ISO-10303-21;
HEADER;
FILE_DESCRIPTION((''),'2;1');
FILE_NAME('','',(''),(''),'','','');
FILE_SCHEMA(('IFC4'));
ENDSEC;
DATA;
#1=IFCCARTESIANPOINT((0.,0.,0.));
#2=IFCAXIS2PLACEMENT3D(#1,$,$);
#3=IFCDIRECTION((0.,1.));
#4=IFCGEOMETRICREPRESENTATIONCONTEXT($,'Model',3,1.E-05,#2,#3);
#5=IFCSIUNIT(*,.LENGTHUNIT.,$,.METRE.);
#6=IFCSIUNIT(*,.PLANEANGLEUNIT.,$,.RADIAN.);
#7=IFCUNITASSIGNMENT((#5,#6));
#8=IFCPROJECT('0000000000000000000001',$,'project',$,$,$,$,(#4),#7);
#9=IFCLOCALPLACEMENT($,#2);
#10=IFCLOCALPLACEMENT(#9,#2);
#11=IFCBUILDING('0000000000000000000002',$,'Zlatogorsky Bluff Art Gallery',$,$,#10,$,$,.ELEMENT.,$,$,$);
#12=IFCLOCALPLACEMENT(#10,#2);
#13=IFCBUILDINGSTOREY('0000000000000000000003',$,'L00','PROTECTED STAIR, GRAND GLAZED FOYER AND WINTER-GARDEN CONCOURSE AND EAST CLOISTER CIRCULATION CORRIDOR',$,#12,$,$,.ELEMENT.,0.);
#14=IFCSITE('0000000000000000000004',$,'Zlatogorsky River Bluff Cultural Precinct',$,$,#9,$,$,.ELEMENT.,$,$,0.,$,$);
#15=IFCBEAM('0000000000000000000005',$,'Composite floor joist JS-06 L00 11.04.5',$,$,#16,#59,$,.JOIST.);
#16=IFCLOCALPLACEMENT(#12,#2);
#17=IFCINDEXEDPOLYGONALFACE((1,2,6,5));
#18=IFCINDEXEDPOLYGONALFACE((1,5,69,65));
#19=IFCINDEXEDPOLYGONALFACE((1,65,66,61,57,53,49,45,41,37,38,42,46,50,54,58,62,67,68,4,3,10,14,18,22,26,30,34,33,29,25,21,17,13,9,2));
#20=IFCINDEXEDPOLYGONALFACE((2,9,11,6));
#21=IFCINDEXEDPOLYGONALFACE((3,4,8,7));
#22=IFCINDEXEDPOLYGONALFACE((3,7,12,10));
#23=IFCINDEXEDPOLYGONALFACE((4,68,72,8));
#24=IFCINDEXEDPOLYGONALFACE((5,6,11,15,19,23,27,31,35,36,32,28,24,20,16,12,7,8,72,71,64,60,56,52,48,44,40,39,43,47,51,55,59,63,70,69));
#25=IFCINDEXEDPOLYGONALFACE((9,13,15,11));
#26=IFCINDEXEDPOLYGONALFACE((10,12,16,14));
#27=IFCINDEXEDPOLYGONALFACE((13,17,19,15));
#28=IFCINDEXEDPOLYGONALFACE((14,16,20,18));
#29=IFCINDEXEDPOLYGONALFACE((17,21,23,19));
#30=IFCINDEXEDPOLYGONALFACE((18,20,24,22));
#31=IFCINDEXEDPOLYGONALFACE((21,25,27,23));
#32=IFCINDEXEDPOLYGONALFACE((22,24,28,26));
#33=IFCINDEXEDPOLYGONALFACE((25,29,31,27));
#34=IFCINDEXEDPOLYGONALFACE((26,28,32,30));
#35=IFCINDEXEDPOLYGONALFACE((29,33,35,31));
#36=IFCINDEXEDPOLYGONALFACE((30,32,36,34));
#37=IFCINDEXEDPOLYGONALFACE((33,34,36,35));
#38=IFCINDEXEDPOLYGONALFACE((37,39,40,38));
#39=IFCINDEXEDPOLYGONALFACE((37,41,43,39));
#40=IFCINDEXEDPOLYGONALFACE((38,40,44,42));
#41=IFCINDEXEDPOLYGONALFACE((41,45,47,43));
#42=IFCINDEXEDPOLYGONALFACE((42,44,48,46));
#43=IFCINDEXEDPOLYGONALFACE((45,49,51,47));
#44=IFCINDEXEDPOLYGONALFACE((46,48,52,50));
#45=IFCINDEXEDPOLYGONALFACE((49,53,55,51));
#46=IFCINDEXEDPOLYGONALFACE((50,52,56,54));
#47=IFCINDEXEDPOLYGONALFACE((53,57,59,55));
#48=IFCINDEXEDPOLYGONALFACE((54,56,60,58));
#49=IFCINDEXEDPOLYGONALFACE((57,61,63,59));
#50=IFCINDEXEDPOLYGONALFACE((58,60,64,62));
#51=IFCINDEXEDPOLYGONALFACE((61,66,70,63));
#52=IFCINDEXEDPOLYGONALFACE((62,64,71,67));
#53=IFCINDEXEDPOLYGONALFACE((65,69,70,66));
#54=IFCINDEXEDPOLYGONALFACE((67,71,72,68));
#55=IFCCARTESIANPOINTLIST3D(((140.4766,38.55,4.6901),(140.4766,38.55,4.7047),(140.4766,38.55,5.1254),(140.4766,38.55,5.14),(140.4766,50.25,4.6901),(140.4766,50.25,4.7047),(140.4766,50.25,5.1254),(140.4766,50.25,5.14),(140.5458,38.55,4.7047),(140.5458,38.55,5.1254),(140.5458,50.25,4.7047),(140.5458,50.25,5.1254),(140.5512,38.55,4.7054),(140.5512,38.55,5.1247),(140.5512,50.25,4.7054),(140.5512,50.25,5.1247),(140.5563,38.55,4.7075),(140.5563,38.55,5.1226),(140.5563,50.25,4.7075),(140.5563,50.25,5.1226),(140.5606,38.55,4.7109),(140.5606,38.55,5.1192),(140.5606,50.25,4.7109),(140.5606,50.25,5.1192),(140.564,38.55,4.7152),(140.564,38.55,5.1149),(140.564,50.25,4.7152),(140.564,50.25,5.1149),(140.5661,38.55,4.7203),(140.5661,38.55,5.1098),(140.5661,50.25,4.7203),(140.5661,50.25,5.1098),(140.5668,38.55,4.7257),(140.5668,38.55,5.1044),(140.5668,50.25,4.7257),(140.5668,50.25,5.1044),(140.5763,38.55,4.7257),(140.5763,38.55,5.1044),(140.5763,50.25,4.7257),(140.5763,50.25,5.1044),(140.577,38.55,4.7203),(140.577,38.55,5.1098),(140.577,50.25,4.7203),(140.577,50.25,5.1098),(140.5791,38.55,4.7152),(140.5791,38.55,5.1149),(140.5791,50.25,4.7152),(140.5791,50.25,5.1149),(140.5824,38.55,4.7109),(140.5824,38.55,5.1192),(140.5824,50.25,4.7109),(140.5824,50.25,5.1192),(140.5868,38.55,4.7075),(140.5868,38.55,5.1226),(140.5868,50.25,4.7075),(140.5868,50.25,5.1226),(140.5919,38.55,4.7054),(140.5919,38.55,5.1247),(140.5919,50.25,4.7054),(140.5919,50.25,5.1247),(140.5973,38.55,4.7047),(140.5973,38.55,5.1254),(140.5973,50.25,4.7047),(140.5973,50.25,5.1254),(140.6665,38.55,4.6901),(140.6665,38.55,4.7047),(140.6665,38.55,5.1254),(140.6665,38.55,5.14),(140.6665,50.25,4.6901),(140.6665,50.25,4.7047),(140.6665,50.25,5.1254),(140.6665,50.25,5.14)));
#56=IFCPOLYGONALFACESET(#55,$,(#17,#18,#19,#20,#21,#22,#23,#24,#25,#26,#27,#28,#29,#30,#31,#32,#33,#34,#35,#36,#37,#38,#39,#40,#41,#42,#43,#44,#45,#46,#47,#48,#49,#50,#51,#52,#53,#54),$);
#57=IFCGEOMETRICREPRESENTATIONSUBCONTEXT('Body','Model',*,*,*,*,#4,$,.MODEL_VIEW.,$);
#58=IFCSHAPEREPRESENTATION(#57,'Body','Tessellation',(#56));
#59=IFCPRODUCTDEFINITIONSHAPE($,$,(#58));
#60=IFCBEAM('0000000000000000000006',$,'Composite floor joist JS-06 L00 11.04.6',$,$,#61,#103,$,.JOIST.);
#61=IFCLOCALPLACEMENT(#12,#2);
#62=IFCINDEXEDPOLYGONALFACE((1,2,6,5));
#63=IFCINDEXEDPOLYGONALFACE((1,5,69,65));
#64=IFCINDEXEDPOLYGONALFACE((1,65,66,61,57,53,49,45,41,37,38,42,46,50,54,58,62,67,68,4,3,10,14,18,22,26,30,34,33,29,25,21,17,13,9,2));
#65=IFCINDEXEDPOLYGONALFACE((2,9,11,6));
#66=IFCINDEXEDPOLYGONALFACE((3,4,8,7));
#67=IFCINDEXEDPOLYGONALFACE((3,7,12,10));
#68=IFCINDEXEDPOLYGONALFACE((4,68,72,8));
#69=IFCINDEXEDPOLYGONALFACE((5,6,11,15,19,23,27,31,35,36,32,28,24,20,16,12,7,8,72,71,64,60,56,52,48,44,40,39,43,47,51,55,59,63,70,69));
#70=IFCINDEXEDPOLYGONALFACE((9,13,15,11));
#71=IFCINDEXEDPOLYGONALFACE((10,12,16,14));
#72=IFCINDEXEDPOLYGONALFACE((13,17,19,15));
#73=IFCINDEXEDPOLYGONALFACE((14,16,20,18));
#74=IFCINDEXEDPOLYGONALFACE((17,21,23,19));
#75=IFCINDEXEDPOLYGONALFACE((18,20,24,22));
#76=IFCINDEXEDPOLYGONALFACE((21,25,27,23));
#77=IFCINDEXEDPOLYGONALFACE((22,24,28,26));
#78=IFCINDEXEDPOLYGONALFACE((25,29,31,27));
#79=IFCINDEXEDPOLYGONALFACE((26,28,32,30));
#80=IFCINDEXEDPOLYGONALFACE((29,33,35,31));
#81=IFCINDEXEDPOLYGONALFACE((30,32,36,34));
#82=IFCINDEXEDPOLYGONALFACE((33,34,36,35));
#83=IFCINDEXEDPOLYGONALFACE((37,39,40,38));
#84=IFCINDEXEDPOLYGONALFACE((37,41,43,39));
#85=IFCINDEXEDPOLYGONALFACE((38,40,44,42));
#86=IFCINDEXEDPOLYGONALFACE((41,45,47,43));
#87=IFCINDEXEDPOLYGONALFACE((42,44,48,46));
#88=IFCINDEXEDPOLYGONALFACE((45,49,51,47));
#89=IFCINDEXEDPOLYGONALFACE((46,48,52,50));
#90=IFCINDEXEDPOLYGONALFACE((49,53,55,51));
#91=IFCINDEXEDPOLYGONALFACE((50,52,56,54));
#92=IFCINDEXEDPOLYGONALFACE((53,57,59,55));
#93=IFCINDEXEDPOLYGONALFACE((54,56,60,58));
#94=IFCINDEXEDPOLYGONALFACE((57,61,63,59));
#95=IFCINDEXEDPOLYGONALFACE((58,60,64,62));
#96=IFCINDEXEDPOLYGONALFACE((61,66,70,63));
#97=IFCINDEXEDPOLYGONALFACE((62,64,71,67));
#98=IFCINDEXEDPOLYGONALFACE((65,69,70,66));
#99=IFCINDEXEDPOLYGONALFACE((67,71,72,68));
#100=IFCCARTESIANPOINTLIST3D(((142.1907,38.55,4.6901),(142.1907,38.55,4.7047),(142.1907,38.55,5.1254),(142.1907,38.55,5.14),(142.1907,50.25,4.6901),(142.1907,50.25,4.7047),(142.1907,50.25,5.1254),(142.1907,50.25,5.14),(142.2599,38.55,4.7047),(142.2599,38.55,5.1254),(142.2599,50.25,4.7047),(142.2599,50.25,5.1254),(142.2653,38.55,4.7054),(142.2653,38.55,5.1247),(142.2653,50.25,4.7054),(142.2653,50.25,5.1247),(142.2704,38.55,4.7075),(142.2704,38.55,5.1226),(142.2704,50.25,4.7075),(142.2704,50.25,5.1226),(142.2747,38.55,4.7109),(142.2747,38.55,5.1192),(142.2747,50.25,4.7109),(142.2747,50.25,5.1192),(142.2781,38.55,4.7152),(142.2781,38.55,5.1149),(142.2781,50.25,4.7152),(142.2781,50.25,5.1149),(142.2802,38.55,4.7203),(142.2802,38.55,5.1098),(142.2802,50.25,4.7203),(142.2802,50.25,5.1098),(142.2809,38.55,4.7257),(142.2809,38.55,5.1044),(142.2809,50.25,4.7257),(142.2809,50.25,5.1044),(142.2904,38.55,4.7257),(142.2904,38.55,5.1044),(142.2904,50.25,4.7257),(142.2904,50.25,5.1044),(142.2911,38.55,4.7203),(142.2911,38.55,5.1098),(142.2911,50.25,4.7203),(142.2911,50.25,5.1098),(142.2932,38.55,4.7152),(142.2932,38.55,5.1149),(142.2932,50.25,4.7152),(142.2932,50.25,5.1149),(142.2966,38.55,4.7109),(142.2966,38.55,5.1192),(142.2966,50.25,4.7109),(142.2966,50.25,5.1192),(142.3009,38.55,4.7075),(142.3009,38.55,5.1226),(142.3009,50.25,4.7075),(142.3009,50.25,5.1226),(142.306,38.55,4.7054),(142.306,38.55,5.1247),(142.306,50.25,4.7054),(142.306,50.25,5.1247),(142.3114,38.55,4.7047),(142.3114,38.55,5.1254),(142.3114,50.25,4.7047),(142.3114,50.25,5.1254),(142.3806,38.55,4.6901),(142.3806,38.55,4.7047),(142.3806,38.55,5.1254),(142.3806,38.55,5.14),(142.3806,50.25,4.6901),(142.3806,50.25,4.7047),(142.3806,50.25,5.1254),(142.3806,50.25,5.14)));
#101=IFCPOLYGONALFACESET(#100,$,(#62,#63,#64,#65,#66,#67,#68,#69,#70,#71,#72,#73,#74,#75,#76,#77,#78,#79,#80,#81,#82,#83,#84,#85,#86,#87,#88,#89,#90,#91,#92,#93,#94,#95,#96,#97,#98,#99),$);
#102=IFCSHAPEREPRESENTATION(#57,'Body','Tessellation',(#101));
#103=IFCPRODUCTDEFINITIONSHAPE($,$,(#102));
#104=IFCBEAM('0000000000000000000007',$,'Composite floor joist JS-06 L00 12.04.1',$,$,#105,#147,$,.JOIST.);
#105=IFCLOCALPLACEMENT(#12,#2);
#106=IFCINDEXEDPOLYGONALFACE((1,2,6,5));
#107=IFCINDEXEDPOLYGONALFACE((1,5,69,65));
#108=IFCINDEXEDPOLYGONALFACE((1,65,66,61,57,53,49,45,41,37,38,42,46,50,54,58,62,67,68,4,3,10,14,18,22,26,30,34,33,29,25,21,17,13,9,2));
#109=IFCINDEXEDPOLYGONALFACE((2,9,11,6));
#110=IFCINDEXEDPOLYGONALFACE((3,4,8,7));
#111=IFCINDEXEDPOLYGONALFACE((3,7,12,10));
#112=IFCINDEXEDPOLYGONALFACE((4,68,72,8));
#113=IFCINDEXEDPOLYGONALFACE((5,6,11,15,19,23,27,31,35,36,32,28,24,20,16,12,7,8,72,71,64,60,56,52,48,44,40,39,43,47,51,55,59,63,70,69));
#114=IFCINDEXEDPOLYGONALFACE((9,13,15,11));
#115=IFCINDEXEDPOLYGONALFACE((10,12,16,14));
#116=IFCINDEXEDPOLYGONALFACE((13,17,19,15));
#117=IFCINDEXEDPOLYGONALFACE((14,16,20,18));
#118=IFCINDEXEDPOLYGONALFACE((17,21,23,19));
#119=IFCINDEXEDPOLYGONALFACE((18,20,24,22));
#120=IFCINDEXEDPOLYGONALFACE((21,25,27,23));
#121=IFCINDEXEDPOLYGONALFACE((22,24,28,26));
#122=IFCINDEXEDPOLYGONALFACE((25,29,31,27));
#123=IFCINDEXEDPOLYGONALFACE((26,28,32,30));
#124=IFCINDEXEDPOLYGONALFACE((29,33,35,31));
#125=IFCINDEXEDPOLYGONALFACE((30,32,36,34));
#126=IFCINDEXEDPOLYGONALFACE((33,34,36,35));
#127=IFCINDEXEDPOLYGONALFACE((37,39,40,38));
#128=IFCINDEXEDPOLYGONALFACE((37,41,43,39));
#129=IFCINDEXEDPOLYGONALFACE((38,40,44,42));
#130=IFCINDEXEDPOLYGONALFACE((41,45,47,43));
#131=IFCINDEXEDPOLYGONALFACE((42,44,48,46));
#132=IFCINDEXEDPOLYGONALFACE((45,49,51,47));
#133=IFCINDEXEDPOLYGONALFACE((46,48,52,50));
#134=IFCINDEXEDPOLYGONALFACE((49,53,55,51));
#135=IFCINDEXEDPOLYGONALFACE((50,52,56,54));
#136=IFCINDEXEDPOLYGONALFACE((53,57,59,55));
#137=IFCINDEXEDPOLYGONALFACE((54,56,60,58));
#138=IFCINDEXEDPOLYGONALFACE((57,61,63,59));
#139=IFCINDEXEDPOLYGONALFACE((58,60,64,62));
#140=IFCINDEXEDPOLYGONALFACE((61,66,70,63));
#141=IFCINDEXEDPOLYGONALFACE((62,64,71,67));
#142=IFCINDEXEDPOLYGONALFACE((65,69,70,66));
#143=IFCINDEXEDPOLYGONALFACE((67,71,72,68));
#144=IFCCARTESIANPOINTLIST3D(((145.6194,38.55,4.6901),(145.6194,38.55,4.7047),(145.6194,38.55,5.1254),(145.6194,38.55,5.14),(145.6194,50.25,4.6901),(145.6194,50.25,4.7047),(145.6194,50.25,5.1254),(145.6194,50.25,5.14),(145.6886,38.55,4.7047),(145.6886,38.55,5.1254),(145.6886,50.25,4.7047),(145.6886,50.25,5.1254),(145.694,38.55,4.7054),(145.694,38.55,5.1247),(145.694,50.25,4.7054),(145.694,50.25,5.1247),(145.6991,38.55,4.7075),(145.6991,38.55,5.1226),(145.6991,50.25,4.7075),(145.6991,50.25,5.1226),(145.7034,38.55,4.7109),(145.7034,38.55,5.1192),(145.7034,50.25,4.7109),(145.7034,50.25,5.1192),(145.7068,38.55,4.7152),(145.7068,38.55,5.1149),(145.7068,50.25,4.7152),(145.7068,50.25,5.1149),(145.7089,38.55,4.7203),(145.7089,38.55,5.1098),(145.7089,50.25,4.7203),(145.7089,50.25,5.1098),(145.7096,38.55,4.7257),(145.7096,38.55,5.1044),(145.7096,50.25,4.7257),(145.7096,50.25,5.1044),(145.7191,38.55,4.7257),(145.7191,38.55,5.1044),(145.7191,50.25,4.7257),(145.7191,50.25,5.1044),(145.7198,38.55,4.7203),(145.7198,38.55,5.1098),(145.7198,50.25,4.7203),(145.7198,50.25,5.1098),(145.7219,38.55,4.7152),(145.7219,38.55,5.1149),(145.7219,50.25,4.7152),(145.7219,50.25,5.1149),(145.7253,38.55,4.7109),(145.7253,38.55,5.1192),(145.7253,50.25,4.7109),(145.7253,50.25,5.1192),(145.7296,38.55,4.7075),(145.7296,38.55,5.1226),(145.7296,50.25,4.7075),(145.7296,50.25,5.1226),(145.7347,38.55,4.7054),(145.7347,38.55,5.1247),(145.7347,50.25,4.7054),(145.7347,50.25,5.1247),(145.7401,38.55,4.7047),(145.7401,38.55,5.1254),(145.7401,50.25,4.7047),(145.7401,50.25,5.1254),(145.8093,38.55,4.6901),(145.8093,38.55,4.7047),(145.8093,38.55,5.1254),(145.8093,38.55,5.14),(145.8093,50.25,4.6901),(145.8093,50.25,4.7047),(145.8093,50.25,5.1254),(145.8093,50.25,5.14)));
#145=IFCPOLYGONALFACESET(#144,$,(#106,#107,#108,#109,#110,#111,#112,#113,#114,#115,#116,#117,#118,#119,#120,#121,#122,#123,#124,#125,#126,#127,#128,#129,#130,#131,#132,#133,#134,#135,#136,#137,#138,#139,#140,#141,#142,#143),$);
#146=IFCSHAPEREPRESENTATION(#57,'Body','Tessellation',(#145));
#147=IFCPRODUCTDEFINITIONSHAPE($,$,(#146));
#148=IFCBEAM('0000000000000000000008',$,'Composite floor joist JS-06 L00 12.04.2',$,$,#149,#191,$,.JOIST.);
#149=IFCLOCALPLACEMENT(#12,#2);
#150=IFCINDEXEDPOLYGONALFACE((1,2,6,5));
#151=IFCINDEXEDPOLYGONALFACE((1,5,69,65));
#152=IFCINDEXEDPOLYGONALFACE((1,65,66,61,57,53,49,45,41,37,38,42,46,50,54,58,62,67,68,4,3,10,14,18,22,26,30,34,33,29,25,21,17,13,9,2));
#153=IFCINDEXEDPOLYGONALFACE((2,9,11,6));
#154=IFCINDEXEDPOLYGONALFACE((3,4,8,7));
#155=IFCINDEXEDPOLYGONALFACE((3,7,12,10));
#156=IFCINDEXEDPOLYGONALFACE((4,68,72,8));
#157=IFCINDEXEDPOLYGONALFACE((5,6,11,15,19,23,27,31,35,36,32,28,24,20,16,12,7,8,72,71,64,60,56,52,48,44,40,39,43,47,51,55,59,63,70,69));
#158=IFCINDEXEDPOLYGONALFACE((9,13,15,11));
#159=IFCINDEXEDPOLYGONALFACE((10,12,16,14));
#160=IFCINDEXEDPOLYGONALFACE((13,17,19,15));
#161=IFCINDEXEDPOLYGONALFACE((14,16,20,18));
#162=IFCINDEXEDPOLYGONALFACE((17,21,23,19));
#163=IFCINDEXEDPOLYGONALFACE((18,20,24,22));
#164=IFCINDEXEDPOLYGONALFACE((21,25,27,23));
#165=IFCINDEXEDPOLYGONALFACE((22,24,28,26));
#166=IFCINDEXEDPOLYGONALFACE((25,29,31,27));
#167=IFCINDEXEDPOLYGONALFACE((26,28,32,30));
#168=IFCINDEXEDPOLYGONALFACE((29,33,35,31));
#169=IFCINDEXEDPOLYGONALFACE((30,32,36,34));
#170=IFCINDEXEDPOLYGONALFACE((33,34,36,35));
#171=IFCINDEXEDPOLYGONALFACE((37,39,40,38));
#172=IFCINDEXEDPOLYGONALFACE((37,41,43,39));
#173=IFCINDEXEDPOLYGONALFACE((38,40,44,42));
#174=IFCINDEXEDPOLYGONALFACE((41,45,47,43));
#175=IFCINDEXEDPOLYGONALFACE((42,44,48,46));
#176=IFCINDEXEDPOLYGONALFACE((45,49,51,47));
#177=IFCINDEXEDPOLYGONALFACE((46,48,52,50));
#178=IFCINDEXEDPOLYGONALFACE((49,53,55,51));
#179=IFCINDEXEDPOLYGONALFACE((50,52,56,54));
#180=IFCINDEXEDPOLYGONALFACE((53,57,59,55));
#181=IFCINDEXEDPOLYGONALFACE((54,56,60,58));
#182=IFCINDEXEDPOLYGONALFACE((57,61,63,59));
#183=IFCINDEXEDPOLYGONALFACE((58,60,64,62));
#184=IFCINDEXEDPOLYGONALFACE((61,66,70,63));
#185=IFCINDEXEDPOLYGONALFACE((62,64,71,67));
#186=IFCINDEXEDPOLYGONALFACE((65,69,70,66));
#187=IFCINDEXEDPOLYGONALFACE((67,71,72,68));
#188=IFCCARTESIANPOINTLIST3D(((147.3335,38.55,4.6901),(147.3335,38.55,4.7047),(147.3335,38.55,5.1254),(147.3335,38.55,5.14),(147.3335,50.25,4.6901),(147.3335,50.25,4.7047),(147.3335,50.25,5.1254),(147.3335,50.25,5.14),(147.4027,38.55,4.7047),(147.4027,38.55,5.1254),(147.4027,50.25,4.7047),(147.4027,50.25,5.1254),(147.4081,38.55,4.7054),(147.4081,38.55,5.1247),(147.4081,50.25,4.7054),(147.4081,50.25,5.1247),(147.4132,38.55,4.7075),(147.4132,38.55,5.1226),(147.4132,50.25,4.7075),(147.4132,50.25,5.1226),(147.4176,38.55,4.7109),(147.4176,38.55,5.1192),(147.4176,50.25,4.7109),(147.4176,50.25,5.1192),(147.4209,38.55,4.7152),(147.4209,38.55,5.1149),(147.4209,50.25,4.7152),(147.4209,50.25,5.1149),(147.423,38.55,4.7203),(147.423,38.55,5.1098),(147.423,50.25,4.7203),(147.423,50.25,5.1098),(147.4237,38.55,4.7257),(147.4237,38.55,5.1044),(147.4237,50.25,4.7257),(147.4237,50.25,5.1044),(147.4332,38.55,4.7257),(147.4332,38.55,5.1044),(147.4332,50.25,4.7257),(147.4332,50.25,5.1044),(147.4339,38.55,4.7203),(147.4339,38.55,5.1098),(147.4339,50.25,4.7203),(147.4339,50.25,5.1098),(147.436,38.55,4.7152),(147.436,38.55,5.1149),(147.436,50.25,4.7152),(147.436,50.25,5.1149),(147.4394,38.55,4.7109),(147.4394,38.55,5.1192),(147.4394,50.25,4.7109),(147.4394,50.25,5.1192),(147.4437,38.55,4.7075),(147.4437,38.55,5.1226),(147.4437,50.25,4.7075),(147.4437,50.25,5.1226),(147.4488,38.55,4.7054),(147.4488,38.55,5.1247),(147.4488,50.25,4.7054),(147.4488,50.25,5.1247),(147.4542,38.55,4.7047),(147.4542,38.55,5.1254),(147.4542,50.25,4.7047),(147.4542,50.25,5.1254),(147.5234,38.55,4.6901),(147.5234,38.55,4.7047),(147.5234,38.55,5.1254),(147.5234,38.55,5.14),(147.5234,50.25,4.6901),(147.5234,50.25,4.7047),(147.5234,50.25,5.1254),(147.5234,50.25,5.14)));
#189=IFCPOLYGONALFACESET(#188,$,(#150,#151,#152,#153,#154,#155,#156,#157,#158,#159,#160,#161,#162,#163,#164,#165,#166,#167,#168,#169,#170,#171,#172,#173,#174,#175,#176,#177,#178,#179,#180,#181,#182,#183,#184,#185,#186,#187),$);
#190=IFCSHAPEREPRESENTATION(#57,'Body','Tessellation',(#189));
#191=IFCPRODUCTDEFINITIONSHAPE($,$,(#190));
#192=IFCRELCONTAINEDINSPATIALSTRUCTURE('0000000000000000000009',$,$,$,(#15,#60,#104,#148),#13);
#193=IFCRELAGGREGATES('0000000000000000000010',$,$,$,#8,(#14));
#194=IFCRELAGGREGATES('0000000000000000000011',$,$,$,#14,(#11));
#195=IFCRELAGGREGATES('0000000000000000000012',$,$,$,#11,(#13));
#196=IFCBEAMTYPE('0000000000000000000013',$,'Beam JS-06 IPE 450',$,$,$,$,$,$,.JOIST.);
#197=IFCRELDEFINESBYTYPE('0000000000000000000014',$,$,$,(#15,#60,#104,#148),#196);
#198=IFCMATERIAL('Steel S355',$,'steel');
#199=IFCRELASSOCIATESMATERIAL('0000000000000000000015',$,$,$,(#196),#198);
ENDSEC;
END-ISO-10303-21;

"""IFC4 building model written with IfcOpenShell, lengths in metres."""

from ifc_helpers import new_model, si_unit, direction, frame, origin, origin_2d, place, context, subcontext, project, spatial, i_section, extrude, material, material_profile, profile_set, type_object, element, save


model = new_model("IFC4")

# Units and contexts
model_context = context("Model", 3, precision=1e-05, world=origin(), true_north=direction((0.0, 1.0)))
body_context = subcontext(model_context, "Body", "Model", "MODEL_VIEW")
ifc_project = project(units=[si_unit("LENGTHUNIT", "METRE"), si_unit("PLANEANGLEUNIT", "RADIAN")], contexts=[model_context])

# Site, building, storey
site_placement = place(None, origin())
site = spatial("IfcSite", under=ifc_project, at=site_placement, Name="Zlatogorsky River Bluff Cultural Precinct", CompositionType="ELEMENT", RefElevation=0.0)
building_placement = place(site_placement, origin())
building = spatial("IfcBuilding", under=site, at=building_placement, Name="Zlatogorsky Bluff Art Gallery", CompositionType="ELEMENT")
storey_placement = place(building_placement, origin())
storey = spatial("IfcBuildingStorey", under=building, at=storey_placement, Name="L00", Description="PROTECTED STAIR, GRAND GLAZED FOYER AND WINTER-GARDEN CONCOURSE AND EAST CLOISTER CIRCULATION CORRIDOR", CompositionType="ELEMENT", Elevation=0.0)

# Beams
ifc_material_1 = material(Name="Steel S355", Category="steel")
ifc_material_profile_1 = material_profile(ifc_material_1, i_section(OverallWidth=0.1899, OverallDepth=0.45, WebThickness=0.0095, FlangeThickness=0.0146, FilletRadius=0.021, at=origin_2d()), Name="IPE 450")
ifc_profile_set_1 = profile_set([ifc_material_profile_1], Name="Steel S355")
beam_type_1 = type_object("IfcBeamType", Name="Beam JS-06 IPE 450", PredefinedType="JOIST", material=ifc_profile_set_1)
for number, where, z_axis, x_axis, name in (
    (1, (140.5715, 38.55, 4.915), (0.0, 1.0, 0.0), (-1.0, 0.0, 0.0), "Composite floor joist JS-06 L00 11.04.5"),
    (2, (142.2856, 38.55, 4.915), (0.0, 1.0, 0.0), (-1.0, 0.0, 0.0), "Composite floor joist JS-06 L00 11.04.6"),
    (3, (145.7144, 38.55, 4.915), (0.0, 1.0, 0.0), (-1.0, 0.0, 0.0), "Composite floor joist JS-06 L00 12.04.1"),
    (4, (147.4285, 38.55, 4.915), (0.0, 1.0, 0.0), (-1.0, 0.0, 0.0), "Composite floor joist JS-06 L00 12.04.2"),
):
    element("IfcBeam", number, at=place(storey_placement, frame(where, z_axis=z_axis, x_axis=x_axis)), inside=storey, type_object=beam_type_1, Name=name, PredefinedType="JOIST", context=body_context, shape_type="SweptSolid", body=[
        extrude(i_section(OverallWidth=0.1899, OverallDepth=0.45, WebThickness=0.0095, FlangeThickness=0.0146, FilletRadius=0.021, at=origin_2d()), origin(), (0.0, 0.0, 1.0), 11.7),
    ])

save(model, "model.ifc")
